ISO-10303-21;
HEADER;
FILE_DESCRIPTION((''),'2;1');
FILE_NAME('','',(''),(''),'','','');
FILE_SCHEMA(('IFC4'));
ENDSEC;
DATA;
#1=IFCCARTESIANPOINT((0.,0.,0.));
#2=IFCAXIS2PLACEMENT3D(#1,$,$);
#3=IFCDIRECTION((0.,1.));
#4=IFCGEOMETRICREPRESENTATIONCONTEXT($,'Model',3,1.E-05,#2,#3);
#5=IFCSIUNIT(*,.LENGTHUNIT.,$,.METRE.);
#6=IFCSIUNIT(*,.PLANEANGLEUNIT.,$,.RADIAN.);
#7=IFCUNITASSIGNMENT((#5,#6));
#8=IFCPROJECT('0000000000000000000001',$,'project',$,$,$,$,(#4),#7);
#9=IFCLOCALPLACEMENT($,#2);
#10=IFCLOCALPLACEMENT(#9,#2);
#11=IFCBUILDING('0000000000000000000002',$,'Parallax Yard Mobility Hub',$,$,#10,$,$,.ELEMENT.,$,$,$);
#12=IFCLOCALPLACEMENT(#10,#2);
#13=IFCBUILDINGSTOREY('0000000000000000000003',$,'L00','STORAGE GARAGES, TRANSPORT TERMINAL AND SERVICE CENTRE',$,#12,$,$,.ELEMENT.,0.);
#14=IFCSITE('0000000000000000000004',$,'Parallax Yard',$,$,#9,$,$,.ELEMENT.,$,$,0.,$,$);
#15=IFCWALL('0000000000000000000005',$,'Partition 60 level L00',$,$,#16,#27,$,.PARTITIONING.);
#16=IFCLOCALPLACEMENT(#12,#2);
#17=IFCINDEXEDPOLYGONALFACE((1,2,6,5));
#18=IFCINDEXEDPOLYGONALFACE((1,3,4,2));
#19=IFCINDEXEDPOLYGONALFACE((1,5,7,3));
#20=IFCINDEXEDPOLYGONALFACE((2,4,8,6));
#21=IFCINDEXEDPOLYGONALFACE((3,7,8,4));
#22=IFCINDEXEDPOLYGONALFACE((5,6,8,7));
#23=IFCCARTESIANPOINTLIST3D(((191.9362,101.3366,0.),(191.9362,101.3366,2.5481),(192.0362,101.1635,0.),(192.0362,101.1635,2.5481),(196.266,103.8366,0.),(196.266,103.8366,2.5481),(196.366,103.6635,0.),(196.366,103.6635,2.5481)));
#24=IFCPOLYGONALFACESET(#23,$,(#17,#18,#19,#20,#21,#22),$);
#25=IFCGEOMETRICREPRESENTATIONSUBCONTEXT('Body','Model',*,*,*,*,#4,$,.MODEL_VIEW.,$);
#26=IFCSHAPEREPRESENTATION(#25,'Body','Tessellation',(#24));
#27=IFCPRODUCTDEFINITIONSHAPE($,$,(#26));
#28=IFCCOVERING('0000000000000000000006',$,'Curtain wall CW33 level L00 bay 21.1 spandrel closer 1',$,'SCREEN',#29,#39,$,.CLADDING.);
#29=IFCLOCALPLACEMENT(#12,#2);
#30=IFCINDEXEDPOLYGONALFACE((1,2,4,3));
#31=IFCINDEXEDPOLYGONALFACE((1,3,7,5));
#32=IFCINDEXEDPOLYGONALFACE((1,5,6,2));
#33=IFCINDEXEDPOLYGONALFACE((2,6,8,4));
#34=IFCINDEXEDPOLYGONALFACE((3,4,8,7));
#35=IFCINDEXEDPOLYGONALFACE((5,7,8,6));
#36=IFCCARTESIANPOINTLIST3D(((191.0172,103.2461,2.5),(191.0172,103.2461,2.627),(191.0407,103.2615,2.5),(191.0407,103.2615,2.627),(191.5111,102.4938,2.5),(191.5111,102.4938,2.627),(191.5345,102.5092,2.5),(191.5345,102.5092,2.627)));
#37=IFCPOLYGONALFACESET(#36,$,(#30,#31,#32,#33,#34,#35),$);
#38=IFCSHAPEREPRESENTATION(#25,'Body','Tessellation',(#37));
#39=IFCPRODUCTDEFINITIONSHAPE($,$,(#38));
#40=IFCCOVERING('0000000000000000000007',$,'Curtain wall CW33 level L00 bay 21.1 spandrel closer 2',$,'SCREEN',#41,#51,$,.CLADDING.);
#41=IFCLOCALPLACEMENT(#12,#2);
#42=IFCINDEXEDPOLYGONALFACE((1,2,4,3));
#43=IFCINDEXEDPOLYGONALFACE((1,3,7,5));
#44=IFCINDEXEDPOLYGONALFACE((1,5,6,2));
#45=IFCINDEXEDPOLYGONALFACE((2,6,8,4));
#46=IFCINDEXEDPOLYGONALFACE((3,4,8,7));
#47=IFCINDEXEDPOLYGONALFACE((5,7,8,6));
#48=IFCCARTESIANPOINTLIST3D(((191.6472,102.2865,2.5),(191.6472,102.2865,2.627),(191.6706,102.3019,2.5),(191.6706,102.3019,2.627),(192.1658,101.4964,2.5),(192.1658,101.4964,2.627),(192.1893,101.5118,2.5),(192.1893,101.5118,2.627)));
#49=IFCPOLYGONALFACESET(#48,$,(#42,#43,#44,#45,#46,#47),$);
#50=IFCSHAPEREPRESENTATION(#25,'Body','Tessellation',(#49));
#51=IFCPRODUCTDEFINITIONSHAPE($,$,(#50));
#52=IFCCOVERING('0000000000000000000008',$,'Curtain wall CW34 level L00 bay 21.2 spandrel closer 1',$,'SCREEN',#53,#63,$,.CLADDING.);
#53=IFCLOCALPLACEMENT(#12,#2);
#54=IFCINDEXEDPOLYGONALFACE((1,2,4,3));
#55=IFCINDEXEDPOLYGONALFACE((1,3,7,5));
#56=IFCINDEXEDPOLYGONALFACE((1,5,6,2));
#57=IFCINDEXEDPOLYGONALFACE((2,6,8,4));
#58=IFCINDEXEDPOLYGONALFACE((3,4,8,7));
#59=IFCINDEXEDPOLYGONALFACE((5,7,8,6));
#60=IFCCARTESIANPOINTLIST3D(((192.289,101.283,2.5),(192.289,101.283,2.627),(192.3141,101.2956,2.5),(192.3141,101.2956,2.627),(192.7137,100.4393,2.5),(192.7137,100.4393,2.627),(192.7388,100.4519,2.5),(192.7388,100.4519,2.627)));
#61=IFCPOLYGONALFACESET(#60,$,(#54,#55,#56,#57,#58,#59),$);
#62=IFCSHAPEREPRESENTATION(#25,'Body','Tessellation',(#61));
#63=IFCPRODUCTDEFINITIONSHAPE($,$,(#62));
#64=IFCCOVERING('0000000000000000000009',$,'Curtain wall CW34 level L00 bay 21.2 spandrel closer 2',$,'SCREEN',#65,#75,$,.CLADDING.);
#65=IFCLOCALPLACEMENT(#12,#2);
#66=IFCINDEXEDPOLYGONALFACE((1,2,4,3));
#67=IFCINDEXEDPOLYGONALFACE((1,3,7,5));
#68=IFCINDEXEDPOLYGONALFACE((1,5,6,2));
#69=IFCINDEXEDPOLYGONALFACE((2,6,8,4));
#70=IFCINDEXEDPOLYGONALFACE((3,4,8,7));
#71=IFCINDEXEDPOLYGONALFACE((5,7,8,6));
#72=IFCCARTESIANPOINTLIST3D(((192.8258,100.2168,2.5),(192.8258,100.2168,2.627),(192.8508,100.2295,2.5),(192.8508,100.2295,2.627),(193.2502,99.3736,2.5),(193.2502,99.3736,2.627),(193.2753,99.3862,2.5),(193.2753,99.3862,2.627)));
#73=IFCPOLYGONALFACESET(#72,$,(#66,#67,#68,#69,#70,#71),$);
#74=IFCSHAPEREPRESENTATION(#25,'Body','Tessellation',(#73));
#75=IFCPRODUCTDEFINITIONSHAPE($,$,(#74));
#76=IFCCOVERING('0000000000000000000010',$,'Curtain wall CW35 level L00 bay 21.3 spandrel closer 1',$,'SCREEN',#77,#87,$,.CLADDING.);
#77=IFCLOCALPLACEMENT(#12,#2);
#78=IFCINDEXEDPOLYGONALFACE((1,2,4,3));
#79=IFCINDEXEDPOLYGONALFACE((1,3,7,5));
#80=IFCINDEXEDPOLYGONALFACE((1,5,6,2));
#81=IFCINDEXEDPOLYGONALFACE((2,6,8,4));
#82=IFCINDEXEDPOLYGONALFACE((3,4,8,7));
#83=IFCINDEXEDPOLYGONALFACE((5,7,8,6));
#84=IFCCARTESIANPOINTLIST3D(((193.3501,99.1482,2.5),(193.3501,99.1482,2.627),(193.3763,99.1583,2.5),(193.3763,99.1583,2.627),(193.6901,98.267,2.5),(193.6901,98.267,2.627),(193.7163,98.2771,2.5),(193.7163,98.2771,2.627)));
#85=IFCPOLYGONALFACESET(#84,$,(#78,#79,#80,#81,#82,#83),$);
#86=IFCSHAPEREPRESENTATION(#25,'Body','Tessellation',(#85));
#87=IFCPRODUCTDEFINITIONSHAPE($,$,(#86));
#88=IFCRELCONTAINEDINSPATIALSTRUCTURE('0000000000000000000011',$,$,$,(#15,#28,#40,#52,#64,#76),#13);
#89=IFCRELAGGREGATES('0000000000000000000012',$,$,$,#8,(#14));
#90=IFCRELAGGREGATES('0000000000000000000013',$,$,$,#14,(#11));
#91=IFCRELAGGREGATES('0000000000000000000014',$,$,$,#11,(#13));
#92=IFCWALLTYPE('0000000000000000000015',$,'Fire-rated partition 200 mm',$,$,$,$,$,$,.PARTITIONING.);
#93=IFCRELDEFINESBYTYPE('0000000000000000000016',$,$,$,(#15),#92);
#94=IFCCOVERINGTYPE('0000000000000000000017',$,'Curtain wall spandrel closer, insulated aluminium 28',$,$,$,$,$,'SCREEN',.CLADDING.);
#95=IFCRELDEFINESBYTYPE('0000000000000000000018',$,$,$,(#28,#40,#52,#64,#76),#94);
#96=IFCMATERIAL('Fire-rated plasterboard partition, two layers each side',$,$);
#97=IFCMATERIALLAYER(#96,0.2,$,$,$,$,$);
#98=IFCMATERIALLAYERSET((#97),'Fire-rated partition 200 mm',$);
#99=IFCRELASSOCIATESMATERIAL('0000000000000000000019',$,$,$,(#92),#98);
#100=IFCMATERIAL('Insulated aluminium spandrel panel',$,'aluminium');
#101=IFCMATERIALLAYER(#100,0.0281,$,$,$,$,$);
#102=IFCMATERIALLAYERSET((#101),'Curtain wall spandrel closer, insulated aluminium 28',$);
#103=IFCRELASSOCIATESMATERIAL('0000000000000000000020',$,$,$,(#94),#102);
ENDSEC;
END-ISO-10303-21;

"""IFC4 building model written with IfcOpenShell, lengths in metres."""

from ifc_helpers import new_model, si_unit, direction, frame, frame_2d, origin, origin_2d, place, context, subcontext, project, spatial, rectangle, extrude, material, layer, layer_set, type_object, element, save


model = new_model("IFC4")

# Units and contexts
model_context = context("Model", 3, precision=1e-05, world=origin(), true_north=direction((0.0, 1.0)))
body_context = subcontext(model_context, "Body", "Model", "MODEL_VIEW")
ifc_project = project(units=[si_unit("LENGTHUNIT", "METRE"), si_unit("PLANEANGLEUNIT", "RADIAN")], contexts=[model_context])

# Site, building, storey
site_placement = place(None, origin())
site = spatial("IfcSite", under=ifc_project, at=site_placement, Name="Parallax Yard", CompositionType="ELEMENT", RefElevation=0.0)
building_placement = place(site_placement, origin())
building = spatial("IfcBuilding", under=site, at=building_placement, Name="Parallax Yard Mobility Hub", CompositionType="ELEMENT")
storey_placement = place(building_placement, origin())
storey = spatial("IfcBuildingStorey", under=building, at=storey_placement, Name="L00", Description="STORAGE GARAGES, TRANSPORT TERMINAL AND SERVICE CENTRE", CompositionType="ELEMENT", Elevation=0.0)

# Wall
ifc_material_1 = material(Name="Fire-rated plasterboard partition, two layers each side")
ifc_layer_1 = layer(ifc_material_1, 0.2)
ifc_layer_set_1 = layer_set([ifc_layer_1], Name="Fire-rated partition 200 mm")
wall_type = type_object("IfcWallType", Name="Fire-rated partition 200 mm", PredefinedType="PARTITIONING", material=ifc_layer_set_1)
wall_placement = place(storey_placement, frame((191.9861, 101.25, 0.0), z_axis=(0.0, 0.0, 1.0), x_axis=(0.866011, 0.500025, 0.0)))
element("IfcWall", 1, at=wall_placement, inside=storey, type_object=wall_type, Name="Partition 60 level L00", PredefinedType="PARTITIONING", context=body_context, shape_type="SweptSolid", body=[
    extrude(rectangle(XDim=4.9998, YDim=0.2, at=frame_2d((2.5, 0.0))), origin(), (0.0, 0.0, 1.0), 2.5481),
])

# Coverings
ifc_material_2 = material(Name="Insulated aluminium spandrel panel", Category="aluminium")
ifc_layer_2 = layer(ifc_material_2, 0.0281)
ifc_layer_set_2 = layer_set([ifc_layer_2], Name="Curtain wall spandrel closer, insulated aluminium 28")
covering_type = type_object("IfcCoveringType", Name="Curtain wall spandrel closer, insulated aluminium 28", ElementType="SCREEN", PredefinedType="CLADDING", material=ifc_layer_set_2)
covering_1_placement = place(storey_placement, frame((191.2759, 102.8777, 2.5), z_axis=(0.0, 0.0, 1.0), x_axis=(0.548747, -0.835988, 0.0)))
element("IfcCovering", 2, at=covering_1_placement, inside=storey, type_object=covering_type, Name="Curtain wall CW33 level L00 bay 21.1 spandrel closer 1", ObjectType="SCREEN", PredefinedType="CLADDING", context=body_context, shape_type="SweptSolid", body=[
    extrude(rectangle(XDim=0.8999, YDim=0.0281, at=origin_2d()), origin(), (0.0, 0.0, 1.0), 0.127),
])
covering_2_placement = place(storey_placement, frame((191.9182, 101.8992, 2.5), z_axis=(0.0, 0.0, 1.0), x_axis=(0.548747, -0.835988, 0.0)))
element("IfcCovering", 3, at=covering_2_placement, inside=storey, type_object=covering_type, Name="Curtain wall CW33 level L00 bay 21.1 spandrel closer 2", ObjectType="SCREEN", PredefinedType="CLADDING", context=body_context, shape_type="SweptSolid", body=[
    extrude(rectangle(XDim=0.9451, YDim=0.0281, at=origin_2d()), origin(), (0.0, 0.0, 1.0), 0.127),
])
covering_3_placement = place(storey_placement, frame((192.5139, 100.8674, 2.5), z_axis=(0.0, 0.0, 1.0), x_axis=(0.449618, -0.893221, 0.0)))
element("IfcCovering", 4, at=covering_3_placement, inside=storey, type_object=covering_type, Name="Curtain wall CW34 level L00 bay 21.2 spandrel closer 1", ObjectType="SCREEN", PredefinedType="CLADDING", context=body_context, shape_type="SweptSolid", body=[
    extrude(rectangle(XDim=0.9446, YDim=0.0281, at=origin_2d()), origin(), (0.0, 0.0, 1.0), 0.127),
])
covering_4_placement = place(storey_placement, frame((193.0505, 99.8015, 2.5), z_axis=(0.0, 0.0, 1.0), x_axis=(0.449618, -0.893221, 0.0)))
element("IfcCovering", 5, at=covering_4_placement, inside=storey, type_object=covering_type, Name="Curtain wall CW34 level L00 bay 21.2 spandrel closer 2", ObjectType="SCREEN", PredefinedType="CLADDING", context=body_context, shape_type="SweptSolid", body=[
    extrude(rectangle(XDim=0.9441, YDim=0.0281, at=origin_2d()), origin(), (0.0, 0.0, 1.0), 0.127),
])
covering_5_placement = place(storey_placement, frame((193.5332, 98.7126, 2.5), z_axis=(0.0, 0.0, 1.0), x_axis=(0.359907, -0.932988, 0.0)))
element("IfcCovering", 6, at=covering_5_placement, inside=storey, type_object=covering_type, Name="Curtain wall CW35 level L00 bay 21.3 spandrel closer 1", ObjectType="SCREEN", PredefinedType="CLADDING", context=body_context, shape_type="SweptSolid", body=[
    extrude(rectangle(XDim=0.9446, YDim=0.0281, at=origin_2d()), origin(), (0.0, 0.0, 1.0), 0.127),
])

save(model, "model.ifc")
